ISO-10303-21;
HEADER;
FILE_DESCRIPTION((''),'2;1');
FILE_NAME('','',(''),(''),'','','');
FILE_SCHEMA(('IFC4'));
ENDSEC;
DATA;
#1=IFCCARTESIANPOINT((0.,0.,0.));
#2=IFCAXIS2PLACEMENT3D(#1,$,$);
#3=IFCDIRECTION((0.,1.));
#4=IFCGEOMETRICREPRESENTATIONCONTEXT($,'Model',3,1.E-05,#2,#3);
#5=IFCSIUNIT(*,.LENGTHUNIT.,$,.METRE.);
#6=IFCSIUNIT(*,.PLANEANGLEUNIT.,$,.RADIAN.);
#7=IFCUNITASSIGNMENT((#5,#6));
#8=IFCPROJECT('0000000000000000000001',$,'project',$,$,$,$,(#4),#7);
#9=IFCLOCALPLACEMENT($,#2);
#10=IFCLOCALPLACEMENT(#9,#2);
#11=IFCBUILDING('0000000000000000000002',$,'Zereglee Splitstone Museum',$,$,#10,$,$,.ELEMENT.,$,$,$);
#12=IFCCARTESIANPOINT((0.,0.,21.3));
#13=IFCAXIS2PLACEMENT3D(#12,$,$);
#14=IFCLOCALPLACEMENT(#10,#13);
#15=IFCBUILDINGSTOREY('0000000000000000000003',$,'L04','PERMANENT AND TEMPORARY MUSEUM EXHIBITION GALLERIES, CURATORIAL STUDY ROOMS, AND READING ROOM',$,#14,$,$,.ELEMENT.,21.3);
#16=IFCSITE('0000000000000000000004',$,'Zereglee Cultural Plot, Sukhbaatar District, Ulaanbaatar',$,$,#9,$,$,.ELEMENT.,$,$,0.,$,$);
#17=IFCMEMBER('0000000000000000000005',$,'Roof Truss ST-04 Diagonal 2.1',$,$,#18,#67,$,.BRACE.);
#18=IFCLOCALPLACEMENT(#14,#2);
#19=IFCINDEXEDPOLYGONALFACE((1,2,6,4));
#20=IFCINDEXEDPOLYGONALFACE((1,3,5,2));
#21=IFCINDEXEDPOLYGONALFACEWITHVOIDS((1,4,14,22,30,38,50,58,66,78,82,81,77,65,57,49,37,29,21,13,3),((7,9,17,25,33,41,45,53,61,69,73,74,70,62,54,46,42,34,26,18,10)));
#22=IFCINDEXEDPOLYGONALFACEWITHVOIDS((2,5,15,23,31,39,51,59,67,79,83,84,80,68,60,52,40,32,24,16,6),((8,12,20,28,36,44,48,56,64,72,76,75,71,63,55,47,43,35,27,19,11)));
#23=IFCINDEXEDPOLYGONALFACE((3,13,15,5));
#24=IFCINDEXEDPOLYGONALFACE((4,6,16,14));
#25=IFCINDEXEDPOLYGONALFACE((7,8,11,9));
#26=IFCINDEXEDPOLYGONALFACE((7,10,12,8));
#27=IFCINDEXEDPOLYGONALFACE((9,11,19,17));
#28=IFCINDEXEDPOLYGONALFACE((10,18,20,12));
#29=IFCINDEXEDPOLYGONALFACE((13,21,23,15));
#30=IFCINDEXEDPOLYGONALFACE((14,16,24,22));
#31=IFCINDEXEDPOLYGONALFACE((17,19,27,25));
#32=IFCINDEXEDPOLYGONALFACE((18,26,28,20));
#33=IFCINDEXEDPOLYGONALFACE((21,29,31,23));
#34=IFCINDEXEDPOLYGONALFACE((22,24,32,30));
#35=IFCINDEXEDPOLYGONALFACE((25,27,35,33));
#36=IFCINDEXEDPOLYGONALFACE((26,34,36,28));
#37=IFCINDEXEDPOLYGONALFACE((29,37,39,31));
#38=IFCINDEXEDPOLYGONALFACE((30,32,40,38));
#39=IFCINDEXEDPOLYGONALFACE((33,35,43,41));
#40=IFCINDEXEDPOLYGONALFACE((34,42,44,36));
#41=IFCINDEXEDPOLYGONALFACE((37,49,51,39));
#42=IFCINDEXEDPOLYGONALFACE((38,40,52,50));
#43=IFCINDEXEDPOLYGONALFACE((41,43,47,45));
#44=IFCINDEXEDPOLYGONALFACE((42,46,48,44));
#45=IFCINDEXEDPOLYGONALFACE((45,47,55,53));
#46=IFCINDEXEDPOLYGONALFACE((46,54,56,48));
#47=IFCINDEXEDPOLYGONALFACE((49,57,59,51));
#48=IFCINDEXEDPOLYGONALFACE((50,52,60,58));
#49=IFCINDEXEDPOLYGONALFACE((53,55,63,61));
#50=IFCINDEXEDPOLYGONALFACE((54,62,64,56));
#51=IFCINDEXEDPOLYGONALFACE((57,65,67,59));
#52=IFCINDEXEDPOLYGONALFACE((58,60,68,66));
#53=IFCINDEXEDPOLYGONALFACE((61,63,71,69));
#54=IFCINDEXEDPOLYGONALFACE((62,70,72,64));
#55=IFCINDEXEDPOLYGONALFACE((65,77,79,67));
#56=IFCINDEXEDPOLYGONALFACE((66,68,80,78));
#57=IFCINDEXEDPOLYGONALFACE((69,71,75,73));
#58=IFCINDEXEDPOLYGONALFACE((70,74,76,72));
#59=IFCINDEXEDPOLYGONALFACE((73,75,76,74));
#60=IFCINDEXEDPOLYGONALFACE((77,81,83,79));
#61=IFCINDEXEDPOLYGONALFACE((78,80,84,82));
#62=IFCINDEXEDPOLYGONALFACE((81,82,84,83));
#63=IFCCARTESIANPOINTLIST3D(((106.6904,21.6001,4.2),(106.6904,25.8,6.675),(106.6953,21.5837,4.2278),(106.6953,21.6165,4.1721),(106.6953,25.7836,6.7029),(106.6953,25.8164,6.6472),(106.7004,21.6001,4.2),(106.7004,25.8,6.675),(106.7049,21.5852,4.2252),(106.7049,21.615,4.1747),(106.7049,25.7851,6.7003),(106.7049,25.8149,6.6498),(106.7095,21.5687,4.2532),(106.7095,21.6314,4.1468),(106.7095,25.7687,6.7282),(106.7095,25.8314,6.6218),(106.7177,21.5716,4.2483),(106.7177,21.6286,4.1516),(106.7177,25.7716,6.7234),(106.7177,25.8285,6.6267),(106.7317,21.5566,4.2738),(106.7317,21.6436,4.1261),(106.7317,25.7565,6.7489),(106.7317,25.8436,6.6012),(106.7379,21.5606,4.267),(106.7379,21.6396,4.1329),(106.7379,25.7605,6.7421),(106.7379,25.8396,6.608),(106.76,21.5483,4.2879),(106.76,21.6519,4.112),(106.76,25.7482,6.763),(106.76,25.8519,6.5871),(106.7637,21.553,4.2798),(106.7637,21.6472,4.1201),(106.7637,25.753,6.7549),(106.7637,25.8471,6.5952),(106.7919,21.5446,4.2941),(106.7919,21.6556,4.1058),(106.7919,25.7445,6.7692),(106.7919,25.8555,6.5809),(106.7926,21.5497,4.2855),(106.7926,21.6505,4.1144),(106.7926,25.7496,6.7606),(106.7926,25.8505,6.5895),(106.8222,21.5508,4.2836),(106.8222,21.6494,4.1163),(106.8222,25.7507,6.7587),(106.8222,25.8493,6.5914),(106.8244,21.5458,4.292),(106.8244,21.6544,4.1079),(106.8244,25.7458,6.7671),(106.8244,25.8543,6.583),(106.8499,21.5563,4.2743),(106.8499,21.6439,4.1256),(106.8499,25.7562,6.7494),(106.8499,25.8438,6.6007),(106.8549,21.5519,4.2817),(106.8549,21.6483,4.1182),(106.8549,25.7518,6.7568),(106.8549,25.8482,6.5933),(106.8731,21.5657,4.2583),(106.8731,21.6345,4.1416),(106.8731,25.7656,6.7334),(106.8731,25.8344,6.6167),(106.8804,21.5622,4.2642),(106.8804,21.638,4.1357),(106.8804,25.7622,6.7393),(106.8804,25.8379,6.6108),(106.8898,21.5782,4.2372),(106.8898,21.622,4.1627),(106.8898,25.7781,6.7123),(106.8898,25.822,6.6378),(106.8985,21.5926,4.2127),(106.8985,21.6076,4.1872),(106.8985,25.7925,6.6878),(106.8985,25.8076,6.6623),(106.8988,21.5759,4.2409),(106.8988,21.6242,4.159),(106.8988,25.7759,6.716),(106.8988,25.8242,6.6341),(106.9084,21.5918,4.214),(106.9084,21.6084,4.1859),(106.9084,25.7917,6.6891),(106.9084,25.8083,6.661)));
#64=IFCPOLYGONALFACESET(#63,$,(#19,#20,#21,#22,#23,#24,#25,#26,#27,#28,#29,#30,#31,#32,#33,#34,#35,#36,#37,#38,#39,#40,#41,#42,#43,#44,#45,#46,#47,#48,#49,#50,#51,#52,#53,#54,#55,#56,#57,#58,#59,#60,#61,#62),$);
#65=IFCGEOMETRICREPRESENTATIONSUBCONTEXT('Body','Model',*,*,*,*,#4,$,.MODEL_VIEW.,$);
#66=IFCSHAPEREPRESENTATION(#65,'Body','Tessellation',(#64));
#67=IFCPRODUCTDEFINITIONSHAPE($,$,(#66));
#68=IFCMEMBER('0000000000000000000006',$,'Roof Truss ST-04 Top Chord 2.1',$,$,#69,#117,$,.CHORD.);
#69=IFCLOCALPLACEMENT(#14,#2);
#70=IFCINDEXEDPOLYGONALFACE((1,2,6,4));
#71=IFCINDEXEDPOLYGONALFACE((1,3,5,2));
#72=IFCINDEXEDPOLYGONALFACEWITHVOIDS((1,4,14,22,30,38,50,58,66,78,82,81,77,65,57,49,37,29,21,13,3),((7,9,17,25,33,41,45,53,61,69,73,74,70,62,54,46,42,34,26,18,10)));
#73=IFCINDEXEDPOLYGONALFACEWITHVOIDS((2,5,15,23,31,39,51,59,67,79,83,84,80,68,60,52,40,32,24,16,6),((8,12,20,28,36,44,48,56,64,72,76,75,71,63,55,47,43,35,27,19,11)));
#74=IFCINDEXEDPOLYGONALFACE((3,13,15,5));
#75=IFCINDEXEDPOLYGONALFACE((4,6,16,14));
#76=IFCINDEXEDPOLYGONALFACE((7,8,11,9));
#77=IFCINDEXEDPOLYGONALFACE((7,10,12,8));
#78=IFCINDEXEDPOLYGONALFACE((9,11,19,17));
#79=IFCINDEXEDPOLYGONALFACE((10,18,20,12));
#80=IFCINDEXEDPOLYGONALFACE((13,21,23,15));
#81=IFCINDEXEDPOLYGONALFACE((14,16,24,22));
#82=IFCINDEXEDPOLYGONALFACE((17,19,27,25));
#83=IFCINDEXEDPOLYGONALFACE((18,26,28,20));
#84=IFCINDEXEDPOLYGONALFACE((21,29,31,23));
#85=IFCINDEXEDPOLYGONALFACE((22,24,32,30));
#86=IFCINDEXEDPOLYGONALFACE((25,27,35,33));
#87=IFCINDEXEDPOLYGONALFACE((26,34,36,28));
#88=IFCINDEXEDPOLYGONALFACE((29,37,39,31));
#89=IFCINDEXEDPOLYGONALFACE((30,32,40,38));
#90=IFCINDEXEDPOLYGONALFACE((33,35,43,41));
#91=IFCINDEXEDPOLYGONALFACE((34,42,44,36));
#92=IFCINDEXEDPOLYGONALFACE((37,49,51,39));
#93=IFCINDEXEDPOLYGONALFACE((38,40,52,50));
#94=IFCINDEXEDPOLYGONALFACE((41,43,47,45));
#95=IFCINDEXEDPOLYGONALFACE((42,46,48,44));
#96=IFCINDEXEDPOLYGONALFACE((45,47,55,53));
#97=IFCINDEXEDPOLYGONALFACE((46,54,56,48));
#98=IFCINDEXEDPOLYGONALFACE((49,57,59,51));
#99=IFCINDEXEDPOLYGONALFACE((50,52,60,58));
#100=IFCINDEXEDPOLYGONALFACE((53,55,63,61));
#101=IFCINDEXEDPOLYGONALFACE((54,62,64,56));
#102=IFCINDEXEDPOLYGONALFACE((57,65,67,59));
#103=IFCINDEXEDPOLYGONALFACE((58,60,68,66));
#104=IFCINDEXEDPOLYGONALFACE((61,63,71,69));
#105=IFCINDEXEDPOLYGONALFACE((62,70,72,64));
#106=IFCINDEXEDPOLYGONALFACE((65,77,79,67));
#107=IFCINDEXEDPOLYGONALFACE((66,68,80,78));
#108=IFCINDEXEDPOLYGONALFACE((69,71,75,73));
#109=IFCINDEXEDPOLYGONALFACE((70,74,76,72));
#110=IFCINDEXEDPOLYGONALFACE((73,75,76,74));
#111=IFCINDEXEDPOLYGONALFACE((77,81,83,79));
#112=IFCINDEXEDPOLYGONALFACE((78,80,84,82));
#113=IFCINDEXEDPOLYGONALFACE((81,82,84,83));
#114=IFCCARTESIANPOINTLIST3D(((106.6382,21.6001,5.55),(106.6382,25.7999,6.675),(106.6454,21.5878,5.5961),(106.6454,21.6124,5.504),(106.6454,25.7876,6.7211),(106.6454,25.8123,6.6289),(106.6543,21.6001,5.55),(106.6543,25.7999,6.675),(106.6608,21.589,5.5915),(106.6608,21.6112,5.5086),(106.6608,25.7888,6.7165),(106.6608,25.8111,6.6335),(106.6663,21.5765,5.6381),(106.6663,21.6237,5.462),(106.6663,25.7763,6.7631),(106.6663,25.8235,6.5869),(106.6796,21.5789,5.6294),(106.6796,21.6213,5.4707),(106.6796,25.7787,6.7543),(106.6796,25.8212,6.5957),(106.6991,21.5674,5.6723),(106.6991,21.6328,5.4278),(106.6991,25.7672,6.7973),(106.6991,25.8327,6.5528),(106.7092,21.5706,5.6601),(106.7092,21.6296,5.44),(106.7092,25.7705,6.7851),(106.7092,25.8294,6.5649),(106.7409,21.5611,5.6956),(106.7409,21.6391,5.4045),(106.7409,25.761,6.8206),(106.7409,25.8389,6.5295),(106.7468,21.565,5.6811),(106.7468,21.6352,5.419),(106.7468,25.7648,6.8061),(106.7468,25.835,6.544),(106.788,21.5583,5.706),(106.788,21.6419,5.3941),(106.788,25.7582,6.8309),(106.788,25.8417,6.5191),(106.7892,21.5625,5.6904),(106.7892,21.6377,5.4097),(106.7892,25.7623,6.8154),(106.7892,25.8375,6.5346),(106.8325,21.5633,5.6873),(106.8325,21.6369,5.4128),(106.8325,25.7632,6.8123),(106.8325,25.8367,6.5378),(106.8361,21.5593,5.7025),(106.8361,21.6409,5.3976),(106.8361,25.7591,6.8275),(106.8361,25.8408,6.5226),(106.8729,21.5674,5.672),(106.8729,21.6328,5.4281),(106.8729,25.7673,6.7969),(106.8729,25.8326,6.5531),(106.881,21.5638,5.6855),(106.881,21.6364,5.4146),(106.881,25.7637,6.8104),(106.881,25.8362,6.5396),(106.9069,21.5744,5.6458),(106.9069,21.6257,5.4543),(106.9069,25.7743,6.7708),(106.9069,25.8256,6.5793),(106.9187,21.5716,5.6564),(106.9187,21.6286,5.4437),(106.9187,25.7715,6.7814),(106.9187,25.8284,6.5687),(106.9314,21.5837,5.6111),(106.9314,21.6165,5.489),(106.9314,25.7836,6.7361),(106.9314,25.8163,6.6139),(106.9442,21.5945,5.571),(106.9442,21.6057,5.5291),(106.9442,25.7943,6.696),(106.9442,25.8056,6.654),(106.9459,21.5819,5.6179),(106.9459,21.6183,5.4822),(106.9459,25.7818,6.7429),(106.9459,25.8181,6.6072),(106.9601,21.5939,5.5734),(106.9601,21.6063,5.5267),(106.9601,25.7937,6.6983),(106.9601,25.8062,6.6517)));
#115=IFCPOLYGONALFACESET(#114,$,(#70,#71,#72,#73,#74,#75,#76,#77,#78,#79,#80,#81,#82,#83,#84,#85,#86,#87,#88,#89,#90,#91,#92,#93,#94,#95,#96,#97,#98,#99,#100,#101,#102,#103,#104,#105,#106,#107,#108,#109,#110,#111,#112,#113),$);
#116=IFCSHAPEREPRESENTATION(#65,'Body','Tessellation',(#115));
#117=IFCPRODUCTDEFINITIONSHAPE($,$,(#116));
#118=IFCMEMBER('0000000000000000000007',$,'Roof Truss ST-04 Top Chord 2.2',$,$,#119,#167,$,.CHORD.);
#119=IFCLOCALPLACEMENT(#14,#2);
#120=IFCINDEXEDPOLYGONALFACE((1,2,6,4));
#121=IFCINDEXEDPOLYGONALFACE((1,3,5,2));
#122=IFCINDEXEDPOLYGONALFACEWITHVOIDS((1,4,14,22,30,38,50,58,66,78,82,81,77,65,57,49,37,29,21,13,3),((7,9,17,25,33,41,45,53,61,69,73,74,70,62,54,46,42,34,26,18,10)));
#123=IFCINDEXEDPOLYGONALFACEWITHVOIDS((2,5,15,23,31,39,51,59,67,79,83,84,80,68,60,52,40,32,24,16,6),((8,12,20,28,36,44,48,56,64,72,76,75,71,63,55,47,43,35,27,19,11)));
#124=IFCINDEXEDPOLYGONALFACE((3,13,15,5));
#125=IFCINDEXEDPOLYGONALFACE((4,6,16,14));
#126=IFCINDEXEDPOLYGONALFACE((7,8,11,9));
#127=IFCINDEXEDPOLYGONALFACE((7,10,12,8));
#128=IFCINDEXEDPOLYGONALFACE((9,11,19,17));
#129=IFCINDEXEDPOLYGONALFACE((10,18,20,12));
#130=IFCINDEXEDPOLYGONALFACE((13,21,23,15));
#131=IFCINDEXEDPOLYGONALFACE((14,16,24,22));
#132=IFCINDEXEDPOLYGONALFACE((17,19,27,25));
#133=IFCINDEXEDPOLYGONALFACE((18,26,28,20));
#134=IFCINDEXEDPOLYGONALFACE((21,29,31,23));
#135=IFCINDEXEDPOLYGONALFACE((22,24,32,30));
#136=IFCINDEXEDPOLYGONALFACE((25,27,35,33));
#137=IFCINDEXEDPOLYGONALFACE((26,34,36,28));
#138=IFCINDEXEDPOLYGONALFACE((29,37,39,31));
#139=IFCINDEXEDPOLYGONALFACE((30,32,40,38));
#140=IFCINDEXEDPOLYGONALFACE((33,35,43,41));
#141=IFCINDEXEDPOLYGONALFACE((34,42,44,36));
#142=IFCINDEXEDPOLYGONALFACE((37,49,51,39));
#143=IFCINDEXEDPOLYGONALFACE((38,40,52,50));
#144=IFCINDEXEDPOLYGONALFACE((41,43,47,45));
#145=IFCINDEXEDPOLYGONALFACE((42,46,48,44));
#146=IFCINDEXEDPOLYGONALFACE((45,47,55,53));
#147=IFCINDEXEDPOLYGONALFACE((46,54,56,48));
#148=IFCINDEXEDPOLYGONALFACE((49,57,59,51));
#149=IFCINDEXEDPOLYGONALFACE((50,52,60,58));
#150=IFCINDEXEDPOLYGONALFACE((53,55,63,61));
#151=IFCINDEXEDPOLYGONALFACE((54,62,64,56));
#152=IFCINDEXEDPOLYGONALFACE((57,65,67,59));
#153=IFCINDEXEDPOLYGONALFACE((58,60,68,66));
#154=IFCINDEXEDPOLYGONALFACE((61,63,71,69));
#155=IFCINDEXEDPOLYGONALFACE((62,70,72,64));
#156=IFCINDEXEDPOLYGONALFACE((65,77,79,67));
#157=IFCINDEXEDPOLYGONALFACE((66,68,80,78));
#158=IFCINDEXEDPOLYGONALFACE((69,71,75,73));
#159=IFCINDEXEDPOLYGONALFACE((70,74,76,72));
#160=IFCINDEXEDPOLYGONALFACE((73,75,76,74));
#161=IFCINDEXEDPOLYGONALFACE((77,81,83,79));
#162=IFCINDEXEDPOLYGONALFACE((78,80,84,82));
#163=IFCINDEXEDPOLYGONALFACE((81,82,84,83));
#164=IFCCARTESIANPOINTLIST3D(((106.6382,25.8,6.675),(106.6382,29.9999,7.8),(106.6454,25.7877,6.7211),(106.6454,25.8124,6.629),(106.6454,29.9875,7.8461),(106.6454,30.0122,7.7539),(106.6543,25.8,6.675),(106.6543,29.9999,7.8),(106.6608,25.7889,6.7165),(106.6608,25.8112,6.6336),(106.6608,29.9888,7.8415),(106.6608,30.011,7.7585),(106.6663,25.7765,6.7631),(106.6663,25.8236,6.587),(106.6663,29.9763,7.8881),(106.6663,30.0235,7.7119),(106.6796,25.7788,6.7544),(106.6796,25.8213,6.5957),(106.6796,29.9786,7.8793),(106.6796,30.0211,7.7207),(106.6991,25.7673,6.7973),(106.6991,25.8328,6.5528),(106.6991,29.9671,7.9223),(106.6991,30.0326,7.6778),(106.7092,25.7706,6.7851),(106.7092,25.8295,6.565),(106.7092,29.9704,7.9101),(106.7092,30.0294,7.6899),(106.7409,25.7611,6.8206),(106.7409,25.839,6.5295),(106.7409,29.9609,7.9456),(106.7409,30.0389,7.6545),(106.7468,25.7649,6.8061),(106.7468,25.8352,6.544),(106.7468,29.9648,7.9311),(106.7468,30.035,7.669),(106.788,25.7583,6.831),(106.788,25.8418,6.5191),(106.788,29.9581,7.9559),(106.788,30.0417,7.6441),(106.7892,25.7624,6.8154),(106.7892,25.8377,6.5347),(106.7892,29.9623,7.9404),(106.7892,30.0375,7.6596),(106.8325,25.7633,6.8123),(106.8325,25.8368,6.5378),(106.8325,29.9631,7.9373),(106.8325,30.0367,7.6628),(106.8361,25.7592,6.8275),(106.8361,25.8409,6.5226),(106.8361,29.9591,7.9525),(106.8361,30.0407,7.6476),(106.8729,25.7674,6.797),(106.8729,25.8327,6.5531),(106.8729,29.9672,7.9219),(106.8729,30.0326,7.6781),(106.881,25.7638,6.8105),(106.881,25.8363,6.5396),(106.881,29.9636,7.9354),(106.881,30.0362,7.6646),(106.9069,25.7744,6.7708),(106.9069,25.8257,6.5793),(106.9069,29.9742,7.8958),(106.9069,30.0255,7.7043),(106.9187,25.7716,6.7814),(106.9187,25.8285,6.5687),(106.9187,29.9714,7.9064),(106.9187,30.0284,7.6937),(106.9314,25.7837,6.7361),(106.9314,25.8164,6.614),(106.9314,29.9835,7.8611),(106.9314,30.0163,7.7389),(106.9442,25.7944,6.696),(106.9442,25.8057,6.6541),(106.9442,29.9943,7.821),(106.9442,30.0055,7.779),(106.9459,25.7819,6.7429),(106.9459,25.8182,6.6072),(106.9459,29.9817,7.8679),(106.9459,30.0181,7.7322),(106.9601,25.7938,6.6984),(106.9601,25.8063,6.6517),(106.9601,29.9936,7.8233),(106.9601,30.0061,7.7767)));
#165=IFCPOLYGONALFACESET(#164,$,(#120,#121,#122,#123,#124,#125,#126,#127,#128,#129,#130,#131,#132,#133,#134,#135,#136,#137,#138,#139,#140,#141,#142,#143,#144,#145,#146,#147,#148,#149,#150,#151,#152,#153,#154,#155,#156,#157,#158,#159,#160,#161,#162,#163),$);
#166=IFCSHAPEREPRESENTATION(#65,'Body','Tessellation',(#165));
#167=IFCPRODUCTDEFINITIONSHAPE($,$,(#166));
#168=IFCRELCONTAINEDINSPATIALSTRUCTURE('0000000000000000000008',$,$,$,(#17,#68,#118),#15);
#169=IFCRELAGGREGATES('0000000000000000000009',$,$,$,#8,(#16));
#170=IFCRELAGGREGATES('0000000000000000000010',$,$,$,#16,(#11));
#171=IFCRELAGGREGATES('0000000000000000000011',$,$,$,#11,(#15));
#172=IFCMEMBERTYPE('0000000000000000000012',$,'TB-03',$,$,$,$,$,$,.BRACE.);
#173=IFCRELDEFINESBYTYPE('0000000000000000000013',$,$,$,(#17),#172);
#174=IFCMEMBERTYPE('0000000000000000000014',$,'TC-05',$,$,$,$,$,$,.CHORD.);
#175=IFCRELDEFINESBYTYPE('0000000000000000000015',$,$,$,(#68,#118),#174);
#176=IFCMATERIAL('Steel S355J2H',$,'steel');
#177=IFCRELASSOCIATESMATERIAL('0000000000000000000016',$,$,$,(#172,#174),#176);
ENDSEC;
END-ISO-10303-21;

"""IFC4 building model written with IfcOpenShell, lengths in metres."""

from ifc_helpers import new_model, si_unit, direction, frame, origin, origin_2d, place, context, subcontext, project, spatial, hollow_circle, extrude, material, material_profile, profile_set, type_object, element, save


model = new_model("IFC4")

# Units and contexts
model_context = context("Model", 3, precision=1e-05, world=origin(), true_north=direction((0.0, 1.0)))
body_context = subcontext(model_context, "Body", "Model", "MODEL_VIEW")
ifc_project = project(units=[si_unit("LENGTHUNIT", "METRE"), si_unit("PLANEANGLEUNIT", "RADIAN")], contexts=[model_context])

# Site, building, storey
site_placement = place(None, origin())
site = spatial("IfcSite", under=ifc_project, at=site_placement, Name="Zereglee Cultural Plot, Sukhbaatar District, Ulaanbaatar", CompositionType="ELEMENT", RefElevation=0.0)
building_placement = place(site_placement, origin())
building = spatial("IfcBuilding", under=site, at=building_placement, Name="Zereglee Splitstone Museum", CompositionType="ELEMENT")
storey_placement = place(building_placement, frame((0.0, 0.0, 21.3)))
storey = spatial("IfcBuildingStorey", under=building, at=storey_placement, Name="L04", Description="PERMANENT AND TEMPORARY MUSEUM EXHIBITION GALLERIES, CURATORIAL STUDY ROOMS, AND READING ROOM", CompositionType="ELEMENT", Elevation=21.3)

# Members
ifc_material_1 = material(Name="Steel S355J2H", Category="steel")
ifc_material_profile_1 = material_profile(ifc_material_1, hollow_circle(Radius=0.1096, WallThickness=0.01, at=origin_2d()), Name="CHS 219.1x10")
ifc_profile_set_1 = profile_set([ifc_material_profile_1], Name="Steel S355J2H")
member_type_1 = type_object("IfcMemberType", Name="TB-03", PredefinedType="BRACE", material=ifc_profile_set_1)
member_1_placement = place(storey_placement, frame((106.8, 21.6001, 4.2), z_axis=(0.0, 0.861527, 0.507712), x_axis=(-1.0, 0.0, 0.0)))
element("IfcMember", 1, at=member_1_placement, inside=storey, type_object=member_type_1, Name="Roof Truss ST-04 Diagonal 2.1", PredefinedType="BRACE", context=body_context, shape_type="SweptSolid", body=[
    extrude(hollow_circle(Radius=0.1096, WallThickness=0.01, at=origin_2d()), origin(), (0.0, 0.0, 1.0), 4.875),
])
ifc_material_profile_2 = material_profile(ifc_material_1, hollow_circle(Radius=0.1619, WallThickness=0.0161, at=origin_2d()), Name="CHS 323.9x16")
ifc_profile_set_2 = profile_set([ifc_material_profile_2], Name="Steel S355J2H")
member_type_2 = type_object("IfcMemberType", Name="TC-05", PredefinedType="CHORD", material=ifc_profile_set_2)
for number, where, z_axis, x_axis, name in (
    (2, (106.8, 21.6001, 5.55), (0.0, 0.965947, 0.258739), (-1.0, 0.0, 0.0), "Roof Truss ST-04 Top Chord 2.1"),
    (3, (106.8, 25.8, 6.675), (0.0, 0.965947, 0.258739), (-1.0, 0.0, 0.0), "Roof Truss ST-04 Top Chord 2.2"),
):
    element("IfcMember", number, at=place(storey_placement, frame(where, z_axis=z_axis, x_axis=x_axis)), inside=storey, type_object=member_type_2, Name=name, PredefinedType="CHORD", context=body_context, shape_type="SweptSolid", body=[
        extrude(hollow_circle(Radius=0.1619, WallThickness=0.0161, at=origin_2d()), origin(), (0.0, 0.0, 1.0), 4.3479),
    ])

save(model, "model.ifc")
